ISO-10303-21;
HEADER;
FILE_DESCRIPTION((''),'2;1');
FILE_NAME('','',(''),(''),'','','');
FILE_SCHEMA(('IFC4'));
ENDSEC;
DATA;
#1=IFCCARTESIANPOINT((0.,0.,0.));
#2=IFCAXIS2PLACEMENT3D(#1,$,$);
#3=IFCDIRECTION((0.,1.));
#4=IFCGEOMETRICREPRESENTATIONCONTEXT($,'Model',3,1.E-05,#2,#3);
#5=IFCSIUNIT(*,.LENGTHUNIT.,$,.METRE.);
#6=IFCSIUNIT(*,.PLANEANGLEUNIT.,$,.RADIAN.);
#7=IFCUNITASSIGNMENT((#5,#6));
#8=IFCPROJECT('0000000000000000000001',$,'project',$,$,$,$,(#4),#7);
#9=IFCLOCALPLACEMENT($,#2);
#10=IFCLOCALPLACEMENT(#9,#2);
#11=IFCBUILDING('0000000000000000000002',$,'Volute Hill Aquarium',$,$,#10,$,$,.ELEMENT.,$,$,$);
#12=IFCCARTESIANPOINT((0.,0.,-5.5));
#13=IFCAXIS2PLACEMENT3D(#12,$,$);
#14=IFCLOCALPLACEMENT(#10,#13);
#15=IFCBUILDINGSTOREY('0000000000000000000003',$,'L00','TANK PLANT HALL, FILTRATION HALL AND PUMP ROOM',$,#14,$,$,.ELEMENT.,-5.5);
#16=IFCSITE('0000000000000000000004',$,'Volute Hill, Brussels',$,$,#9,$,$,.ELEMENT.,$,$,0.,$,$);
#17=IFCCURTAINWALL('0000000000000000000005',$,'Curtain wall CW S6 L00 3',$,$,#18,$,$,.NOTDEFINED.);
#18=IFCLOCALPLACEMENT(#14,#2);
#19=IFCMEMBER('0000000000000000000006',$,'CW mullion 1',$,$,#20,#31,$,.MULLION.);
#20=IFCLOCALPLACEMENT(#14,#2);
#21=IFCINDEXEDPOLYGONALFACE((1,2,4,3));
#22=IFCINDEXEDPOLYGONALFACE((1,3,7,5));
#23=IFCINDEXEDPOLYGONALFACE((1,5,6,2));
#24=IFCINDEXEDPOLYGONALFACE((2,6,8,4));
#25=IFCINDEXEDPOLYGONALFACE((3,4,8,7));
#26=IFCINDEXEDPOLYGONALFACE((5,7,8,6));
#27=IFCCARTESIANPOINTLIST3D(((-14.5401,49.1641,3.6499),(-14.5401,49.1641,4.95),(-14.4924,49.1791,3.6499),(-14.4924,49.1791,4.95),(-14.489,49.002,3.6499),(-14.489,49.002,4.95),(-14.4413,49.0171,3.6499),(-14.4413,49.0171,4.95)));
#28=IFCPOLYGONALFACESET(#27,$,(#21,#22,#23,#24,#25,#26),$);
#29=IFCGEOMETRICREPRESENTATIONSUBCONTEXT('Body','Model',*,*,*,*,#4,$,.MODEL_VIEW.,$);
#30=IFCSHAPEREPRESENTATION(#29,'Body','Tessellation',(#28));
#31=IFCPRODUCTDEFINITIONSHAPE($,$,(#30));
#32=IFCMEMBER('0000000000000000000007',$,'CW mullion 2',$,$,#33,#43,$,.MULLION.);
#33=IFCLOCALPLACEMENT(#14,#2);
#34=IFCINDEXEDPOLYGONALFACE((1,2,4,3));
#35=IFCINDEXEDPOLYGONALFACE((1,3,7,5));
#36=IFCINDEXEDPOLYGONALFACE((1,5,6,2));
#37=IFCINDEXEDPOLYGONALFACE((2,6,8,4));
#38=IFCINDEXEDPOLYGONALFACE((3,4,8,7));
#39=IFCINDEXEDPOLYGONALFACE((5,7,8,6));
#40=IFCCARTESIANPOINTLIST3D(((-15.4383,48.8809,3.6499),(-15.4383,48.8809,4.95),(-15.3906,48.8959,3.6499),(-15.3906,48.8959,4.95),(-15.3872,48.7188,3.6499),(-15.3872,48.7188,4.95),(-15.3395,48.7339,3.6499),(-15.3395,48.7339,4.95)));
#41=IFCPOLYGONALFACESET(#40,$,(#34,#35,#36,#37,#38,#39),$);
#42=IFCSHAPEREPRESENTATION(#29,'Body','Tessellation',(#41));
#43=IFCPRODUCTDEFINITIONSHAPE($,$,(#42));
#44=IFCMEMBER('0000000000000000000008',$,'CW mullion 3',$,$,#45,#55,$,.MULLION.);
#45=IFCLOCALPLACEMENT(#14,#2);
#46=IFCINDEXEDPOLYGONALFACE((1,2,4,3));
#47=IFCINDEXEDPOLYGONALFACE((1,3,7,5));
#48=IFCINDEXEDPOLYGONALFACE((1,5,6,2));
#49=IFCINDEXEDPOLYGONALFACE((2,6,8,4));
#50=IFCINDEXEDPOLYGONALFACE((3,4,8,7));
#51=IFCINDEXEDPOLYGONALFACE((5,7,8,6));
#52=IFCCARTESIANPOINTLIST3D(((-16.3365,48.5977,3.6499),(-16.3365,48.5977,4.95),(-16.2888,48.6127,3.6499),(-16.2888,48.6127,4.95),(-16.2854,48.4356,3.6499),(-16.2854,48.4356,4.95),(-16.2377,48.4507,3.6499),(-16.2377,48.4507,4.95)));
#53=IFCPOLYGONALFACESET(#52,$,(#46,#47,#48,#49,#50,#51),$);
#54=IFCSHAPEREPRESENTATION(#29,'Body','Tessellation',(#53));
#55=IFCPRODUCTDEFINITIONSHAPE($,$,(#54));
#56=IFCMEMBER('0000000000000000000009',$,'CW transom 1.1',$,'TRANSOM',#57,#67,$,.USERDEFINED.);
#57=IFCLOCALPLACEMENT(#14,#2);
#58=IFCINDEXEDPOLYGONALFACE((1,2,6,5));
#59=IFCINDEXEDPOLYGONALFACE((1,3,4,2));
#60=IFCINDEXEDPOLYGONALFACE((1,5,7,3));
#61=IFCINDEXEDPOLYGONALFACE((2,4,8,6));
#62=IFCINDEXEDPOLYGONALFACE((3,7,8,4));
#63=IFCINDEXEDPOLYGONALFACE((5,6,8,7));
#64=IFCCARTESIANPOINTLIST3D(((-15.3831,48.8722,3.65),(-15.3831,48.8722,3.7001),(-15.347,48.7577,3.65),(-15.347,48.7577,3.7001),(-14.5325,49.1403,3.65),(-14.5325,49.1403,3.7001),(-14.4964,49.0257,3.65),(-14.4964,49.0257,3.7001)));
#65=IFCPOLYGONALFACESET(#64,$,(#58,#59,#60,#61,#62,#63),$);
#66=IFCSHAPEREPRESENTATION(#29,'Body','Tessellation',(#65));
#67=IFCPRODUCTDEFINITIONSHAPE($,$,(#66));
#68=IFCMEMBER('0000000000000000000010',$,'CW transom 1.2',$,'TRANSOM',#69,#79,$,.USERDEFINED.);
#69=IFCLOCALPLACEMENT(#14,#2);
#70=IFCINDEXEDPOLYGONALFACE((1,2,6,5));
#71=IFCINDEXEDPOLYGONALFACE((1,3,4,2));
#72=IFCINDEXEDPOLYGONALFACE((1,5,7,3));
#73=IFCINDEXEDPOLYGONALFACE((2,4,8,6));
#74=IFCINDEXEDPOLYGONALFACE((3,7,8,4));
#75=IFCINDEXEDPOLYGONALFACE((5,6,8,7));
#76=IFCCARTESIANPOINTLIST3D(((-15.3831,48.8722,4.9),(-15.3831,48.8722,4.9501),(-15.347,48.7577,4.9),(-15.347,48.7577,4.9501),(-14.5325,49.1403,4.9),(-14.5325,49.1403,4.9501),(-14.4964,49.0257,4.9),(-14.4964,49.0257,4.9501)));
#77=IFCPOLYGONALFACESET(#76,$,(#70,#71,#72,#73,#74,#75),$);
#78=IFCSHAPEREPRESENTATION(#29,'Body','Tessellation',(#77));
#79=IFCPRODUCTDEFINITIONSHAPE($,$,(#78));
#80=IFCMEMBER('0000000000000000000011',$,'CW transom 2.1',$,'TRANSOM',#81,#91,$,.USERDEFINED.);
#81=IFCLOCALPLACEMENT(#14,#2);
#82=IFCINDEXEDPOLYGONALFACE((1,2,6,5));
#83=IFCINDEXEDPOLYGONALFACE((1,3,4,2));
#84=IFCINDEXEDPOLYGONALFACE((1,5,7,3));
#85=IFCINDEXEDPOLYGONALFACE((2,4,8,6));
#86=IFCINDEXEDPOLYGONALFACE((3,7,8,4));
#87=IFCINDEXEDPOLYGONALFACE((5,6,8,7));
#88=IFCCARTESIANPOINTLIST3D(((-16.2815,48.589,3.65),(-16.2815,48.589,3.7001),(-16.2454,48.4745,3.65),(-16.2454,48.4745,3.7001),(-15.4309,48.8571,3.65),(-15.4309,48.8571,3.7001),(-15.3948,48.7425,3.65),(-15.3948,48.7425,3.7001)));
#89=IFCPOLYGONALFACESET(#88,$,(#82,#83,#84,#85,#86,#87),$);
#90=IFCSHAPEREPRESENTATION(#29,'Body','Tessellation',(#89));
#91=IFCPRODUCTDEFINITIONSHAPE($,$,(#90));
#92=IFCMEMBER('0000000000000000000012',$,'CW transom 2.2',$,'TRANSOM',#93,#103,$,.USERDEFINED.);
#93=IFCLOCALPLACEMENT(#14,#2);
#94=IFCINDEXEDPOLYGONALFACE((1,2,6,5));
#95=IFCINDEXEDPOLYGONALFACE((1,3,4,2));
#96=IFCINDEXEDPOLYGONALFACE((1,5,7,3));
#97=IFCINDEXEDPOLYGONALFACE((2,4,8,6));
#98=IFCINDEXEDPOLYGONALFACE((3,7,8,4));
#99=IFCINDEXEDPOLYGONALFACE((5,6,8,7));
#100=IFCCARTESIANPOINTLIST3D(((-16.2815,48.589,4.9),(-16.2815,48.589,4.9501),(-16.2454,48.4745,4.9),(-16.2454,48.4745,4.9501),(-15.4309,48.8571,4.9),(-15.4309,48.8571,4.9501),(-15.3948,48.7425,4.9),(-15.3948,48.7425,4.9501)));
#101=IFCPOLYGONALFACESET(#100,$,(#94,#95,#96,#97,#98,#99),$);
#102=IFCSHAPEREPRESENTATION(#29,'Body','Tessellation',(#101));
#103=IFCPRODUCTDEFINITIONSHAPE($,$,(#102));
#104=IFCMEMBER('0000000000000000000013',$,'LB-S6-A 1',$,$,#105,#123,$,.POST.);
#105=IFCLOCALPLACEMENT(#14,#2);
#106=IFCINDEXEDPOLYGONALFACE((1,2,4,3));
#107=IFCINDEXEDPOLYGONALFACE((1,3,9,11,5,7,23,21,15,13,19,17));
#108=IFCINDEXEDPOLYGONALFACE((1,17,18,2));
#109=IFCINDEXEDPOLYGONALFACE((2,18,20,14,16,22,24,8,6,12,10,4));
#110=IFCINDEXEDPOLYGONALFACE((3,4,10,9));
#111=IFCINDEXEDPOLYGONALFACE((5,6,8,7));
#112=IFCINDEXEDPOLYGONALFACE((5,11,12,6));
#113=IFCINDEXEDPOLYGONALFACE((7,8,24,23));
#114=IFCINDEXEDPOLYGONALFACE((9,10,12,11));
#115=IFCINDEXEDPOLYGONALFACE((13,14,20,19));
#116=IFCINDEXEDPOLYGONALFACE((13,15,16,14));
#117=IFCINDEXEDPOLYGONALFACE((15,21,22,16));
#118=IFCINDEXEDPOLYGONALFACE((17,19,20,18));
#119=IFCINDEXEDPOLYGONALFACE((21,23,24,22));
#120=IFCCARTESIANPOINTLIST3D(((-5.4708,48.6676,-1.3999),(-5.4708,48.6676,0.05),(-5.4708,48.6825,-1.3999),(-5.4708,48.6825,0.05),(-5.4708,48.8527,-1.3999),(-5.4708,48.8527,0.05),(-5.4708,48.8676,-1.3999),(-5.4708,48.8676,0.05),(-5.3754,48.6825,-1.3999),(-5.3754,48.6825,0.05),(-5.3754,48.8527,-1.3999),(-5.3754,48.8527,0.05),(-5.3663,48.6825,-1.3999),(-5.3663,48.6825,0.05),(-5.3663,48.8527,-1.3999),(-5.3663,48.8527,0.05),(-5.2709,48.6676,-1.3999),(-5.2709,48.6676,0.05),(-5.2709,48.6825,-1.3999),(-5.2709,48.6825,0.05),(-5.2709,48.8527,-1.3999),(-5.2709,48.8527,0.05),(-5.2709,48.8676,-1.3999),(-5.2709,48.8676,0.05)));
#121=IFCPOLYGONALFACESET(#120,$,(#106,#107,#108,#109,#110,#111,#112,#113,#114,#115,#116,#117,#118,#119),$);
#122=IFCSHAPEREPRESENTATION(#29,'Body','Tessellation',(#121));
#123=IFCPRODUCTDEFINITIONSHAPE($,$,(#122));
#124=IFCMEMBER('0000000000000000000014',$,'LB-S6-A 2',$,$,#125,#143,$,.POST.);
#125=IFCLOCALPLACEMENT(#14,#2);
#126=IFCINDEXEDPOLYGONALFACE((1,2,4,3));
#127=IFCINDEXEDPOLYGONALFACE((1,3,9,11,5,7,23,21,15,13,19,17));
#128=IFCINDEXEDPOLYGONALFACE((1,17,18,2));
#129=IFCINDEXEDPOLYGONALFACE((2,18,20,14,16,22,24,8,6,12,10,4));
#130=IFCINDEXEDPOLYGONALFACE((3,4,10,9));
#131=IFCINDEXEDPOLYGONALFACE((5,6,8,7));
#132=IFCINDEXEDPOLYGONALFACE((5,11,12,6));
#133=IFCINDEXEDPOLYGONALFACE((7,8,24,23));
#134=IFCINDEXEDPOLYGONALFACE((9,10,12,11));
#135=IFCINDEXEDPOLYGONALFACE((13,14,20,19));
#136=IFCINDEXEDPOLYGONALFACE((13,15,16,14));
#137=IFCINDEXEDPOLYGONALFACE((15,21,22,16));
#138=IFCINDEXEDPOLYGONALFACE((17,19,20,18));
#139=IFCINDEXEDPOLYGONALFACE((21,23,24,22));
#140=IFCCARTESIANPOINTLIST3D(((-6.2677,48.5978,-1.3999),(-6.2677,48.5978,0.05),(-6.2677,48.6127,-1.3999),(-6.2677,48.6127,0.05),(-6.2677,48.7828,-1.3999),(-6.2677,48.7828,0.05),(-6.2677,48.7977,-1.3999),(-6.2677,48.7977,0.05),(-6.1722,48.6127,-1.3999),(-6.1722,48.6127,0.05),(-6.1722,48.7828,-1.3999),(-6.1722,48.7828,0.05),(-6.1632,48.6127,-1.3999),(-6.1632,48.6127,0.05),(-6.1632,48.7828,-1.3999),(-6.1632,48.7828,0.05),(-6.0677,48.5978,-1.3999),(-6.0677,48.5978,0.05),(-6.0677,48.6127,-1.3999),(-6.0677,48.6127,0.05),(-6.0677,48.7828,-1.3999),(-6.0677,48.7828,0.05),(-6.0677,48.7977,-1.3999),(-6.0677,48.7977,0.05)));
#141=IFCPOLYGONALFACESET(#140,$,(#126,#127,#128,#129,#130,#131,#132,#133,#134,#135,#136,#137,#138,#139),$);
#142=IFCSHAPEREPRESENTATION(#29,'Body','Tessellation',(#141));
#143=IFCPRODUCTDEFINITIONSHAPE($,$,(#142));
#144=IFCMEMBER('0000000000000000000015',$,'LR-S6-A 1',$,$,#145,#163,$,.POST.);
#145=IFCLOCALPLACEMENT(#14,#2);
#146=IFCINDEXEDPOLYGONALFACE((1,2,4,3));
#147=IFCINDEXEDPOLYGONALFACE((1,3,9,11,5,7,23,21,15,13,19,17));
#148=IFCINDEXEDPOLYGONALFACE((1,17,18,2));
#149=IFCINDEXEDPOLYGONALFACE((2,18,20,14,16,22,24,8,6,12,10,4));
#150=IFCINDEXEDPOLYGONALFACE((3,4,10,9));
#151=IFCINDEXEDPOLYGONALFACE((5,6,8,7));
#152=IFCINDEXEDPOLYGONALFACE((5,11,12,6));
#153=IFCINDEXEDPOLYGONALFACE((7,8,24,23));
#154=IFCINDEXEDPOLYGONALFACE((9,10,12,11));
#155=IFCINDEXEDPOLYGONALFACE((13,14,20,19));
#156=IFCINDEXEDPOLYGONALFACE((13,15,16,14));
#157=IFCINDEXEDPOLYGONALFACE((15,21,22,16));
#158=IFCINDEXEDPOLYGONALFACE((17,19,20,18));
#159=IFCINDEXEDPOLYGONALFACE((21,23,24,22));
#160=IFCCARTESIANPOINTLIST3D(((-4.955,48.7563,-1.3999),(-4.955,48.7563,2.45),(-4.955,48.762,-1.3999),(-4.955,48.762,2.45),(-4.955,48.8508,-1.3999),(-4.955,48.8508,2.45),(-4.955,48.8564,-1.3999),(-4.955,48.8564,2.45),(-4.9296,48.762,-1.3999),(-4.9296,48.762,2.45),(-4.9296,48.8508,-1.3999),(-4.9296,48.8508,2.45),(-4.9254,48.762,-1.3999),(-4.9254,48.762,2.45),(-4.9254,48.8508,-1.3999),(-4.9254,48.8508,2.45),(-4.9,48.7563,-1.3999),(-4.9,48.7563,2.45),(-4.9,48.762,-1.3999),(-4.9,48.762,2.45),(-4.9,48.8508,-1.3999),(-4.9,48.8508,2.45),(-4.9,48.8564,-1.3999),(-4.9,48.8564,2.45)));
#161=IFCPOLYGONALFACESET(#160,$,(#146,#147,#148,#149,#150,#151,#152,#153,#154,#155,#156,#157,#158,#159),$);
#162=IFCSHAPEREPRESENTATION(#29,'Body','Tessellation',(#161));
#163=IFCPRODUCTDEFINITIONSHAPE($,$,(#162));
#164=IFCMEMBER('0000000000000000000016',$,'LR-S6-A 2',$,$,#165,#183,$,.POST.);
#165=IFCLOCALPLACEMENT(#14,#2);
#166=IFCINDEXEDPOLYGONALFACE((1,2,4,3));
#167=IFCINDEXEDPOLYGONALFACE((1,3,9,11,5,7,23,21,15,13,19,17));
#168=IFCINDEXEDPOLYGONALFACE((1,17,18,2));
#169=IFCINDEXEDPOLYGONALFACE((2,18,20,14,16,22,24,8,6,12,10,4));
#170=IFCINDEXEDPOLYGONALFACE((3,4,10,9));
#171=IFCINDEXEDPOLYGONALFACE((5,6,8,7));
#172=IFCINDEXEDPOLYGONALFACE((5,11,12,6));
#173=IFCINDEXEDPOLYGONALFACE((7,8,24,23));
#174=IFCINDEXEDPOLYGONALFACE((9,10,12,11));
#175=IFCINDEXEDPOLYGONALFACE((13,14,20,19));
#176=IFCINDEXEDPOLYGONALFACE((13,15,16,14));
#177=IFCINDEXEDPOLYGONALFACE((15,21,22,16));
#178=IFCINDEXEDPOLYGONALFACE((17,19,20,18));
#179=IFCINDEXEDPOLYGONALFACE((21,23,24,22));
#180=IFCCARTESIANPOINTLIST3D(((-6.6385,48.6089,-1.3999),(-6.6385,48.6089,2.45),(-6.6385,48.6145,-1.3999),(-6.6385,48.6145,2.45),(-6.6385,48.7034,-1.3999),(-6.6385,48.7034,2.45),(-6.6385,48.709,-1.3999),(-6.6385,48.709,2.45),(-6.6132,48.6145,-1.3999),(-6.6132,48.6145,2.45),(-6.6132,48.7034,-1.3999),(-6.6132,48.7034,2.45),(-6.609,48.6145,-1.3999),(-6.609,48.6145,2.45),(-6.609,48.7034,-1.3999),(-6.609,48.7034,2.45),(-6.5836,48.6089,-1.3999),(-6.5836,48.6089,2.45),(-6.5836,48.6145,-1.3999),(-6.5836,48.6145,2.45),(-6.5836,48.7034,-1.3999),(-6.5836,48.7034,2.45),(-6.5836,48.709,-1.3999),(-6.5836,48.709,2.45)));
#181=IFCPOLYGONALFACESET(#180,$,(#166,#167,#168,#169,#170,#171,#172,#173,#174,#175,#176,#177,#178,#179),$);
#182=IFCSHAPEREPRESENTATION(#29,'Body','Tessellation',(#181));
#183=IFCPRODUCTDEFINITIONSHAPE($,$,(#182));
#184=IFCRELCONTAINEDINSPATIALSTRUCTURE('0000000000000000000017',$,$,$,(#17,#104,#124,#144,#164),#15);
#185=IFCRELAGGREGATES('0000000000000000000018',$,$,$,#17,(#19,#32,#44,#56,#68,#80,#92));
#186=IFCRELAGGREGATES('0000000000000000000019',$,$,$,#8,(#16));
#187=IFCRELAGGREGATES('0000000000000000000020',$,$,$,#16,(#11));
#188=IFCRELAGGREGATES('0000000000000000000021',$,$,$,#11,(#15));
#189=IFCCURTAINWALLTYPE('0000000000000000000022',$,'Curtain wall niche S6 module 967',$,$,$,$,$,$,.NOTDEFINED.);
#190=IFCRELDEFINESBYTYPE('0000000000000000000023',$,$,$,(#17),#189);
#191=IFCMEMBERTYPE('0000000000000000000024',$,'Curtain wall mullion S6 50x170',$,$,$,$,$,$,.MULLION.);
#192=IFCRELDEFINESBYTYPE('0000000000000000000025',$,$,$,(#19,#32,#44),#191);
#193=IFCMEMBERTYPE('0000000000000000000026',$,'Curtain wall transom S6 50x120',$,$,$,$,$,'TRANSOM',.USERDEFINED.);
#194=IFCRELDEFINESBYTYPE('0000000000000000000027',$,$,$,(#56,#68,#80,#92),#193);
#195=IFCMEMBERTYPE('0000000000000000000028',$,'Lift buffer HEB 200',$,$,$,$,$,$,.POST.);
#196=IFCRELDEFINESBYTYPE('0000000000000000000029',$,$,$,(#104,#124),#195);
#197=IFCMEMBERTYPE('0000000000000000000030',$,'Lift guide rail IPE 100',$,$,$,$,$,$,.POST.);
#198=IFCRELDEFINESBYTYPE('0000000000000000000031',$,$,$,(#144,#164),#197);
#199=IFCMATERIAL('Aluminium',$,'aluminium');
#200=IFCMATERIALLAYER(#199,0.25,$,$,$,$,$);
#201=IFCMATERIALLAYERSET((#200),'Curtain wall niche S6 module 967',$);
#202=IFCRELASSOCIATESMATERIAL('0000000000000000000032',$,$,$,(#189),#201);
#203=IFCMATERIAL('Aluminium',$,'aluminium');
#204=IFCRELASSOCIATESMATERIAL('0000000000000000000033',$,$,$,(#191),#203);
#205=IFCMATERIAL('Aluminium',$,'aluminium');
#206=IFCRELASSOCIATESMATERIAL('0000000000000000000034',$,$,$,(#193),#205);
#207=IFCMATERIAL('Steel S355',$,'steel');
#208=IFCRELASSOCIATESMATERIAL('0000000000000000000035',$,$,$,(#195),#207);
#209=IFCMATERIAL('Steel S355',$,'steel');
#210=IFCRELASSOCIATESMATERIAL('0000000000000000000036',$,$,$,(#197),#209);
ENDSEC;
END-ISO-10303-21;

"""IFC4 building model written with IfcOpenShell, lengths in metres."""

from ifc_helpers import new_model, si_unit, direction, frame, origin, origin_2d, place, context, subcontext, project, spatial, rectangle, i_section, extrude, material, layer, layer_set, material_profile, profile_set, type_object, element, aggregate, save


model = new_model("IFC4")

# Units and contexts
model_context = context("Model", 3, precision=1e-05, world=origin(), true_north=direction((0.0, 1.0)))
body_context = subcontext(model_context, "Body", "Model", "MODEL_VIEW")
ifc_project = project(units=[si_unit("LENGTHUNIT", "METRE"), si_unit("PLANEANGLEUNIT", "RADIAN")], contexts=[model_context])

# Site, building, storey
site_placement = place(None, origin())
site = spatial("IfcSite", under=ifc_project, at=site_placement, Name="Volute Hill, Brussels", CompositionType="ELEMENT", RefElevation=0.0)
building_placement = place(site_placement, origin())
building = spatial("IfcBuilding", under=site, at=building_placement, Name="Volute Hill Aquarium", CompositionType="ELEMENT")
storey_placement = place(building_placement, frame((0.0, 0.0, -5.5)))
storey = spatial("IfcBuildingStorey", under=building, at=storey_placement, Name="L00", Description="TANK PLANT HALL, FILTRATION HALL AND PUMP ROOM", CompositionType="ELEMENT", Elevation=-5.5)

# Curtain wall, members
ifc_material_1 = material(Name="Aluminium", Category="aluminium")
ifc_layer_1 = layer(ifc_material_1, 0.25)
ifc_layer_set_1 = layer_set([ifc_layer_1], Name="Curtain wall niche S6 module 967")
curtain_wall_type = type_object("IfcCurtainWallType", Name="Curtain wall niche S6 module 967", PredefinedType="NOTDEFINED", material=ifc_layer_set_1)
curtain_wall_placement = place(storey_placement, origin())
curtain_wall = element("IfcCurtainWall", 1, at=curtain_wall_placement, inside=storey, type_object=curtain_wall_type, Name="Curtain wall CW S6 L00 3", PredefinedType="NOTDEFINED")
ifc_material_2 = material(Name="Aluminium", Category="aluminium")
ifc_material_profile_1 = material_profile(ifc_material_2, rectangle(XDim=0.1699, YDim=0.05, at=origin_2d()), Name="Curtain wall mullion S6 50x170")
ifc_profile_set_1 = profile_set([ifc_material_profile_1], Name="Aluminium")
member_type_1 = type_object("IfcMemberType", Name="Curtain wall mullion S6 50x170", PredefinedType="MULLION", material=ifc_profile_set_1)
member_1_placement = place(storey_placement, frame((-14.4907, 49.0906, 3.6499), z_axis=(0.0, 0.0, 1.0), x_axis=(0.300706, -0.953717, 0.0)))
member_1 = element("IfcMember", 2, at=member_1_placement, type_object=member_type_1, Name="CW mullion 1", PredefinedType="MULLION", context=body_context, shape_type="SweptSolid", body=[
    extrude(rectangle(XDim=0.1699, YDim=0.05, at=origin_2d()), origin(), (0.0, 0.0, 1.0), 1.3),
])
member_2_placement = place(storey_placement, frame((-15.3889, 48.8074, 3.6499), z_axis=(0.0, 0.0, 1.0), x_axis=(0.300706, -0.953717, 0.0)))
member_2 = element("IfcMember", 3, at=member_2_placement, type_object=member_type_1, Name="CW mullion 2", PredefinedType="MULLION", context=body_context, shape_type="SweptSolid", body=[
    extrude(rectangle(XDim=0.1699, YDim=0.05, at=origin_2d()), origin(), (0.0, 0.0, 1.0), 1.3),
])
member_3_placement = place(storey_placement, frame((-16.2871, 48.5242, 3.6499), z_axis=(0.0, 0.0, 1.0), x_axis=(0.300706, -0.953717, 0.0)))
member_3 = element("IfcMember", 4, at=member_3_placement, type_object=member_type_1, Name="CW mullion 3", PredefinedType="MULLION", context=body_context, shape_type="SweptSolid", body=[
    extrude(rectangle(XDim=0.1699, YDim=0.05, at=origin_2d()), origin(), (0.0, 0.0, 1.0), 1.3),
])
ifc_material_3 = material(Name="Aluminium", Category="aluminium")
ifc_material_profile_2 = material_profile(ifc_material_3, rectangle(XDim=0.1201, YDim=0.05, at=origin_2d()), Name="Curtain wall transom S6 50x120")
ifc_profile_set_2 = profile_set([ifc_material_profile_2], Name="Aluminium")
member_type_2 = type_object("IfcMemberType", Name="Curtain wall transom S6 50x120", ElementType="TRANSOM", PredefinedType="USERDEFINED", material=ifc_profile_set_2)
member_4_placement = place(storey_placement, frame((-14.5144, 49.083, 3.675), z_axis=(-0.953756, -0.300581, 0.0), x_axis=(0.300581, -0.953756, 0.0)))
member_4 = element("IfcMember", 5, at=member_4_placement, type_object=member_type_2, Name="CW transom 1.1", ObjectType="TRANSOM", PredefinedType="USERDEFINED", context=body_context, shape_type="SweptSolid", body=[
    extrude(rectangle(XDim=0.1201, YDim=0.05, at=origin_2d()), origin(), (0.0, 0.0, 1.0), 0.8918),
])
member_5_placement = place(storey_placement, frame((-14.5144, 49.083, 4.925), z_axis=(-0.953756, -0.300581, 0.0), x_axis=(0.300581, -0.953756, 0.0)))
member_5 = element("IfcMember", 6, at=member_5_placement, type_object=member_type_2, Name="CW transom 1.2", ObjectType="TRANSOM", PredefinedType="USERDEFINED", context=body_context, shape_type="SweptSolid", body=[
    extrude(rectangle(XDim=0.1201, YDim=0.05, at=origin_2d()), origin(), (0.0, 0.0, 1.0), 0.8918),
])
member_6_placement = place(storey_placement, frame((-15.4128, 48.7998, 3.675), z_axis=(-0.953756, -0.300581, 0.0), x_axis=(0.300581, -0.953756, 0.0)))
member_6 = element("IfcMember", 7, at=member_6_placement, type_object=member_type_2, Name="CW transom 2.1", ObjectType="TRANSOM", PredefinedType="USERDEFINED", context=body_context, shape_type="SweptSolid", body=[
    extrude(rectangle(XDim=0.1201, YDim=0.05, at=origin_2d()), origin(), (0.0, 0.0, 1.0), 0.8918),
])
member_7_placement = place(storey_placement, frame((-15.4128, 48.7998, 4.925), z_axis=(-0.953756, -0.300581, 0.0), x_axis=(0.300581, -0.953756, 0.0)))
member_7 = element("IfcMember", 8, at=member_7_placement, type_object=member_type_2, Name="CW transom 2.2", ObjectType="TRANSOM", PredefinedType="USERDEFINED", context=body_context, shape_type="SweptSolid", body=[
    extrude(rectangle(XDim=0.1201, YDim=0.05, at=origin_2d()), origin(), (0.0, 0.0, 1.0), 0.8918),
])

# Members
ifc_material_4 = material(Name="Steel S355", Category="steel")
ifc_material_profile_3 = material_profile(ifc_material_4, i_section(OverallWidth=0.2, OverallDepth=0.2, WebThickness=0.009, FlangeThickness=0.0149, at=origin_2d()), Name="HEB 200")
ifc_profile_set_3 = profile_set([ifc_material_profile_3], Name="Steel S355")
member_type_3 = type_object("IfcMemberType", Name="Lift buffer HEB 200", PredefinedType="POST", material=ifc_profile_set_3)
for number, where, z_axis, x_axis, name in (
    (9, (-5.3708, 48.7676, -1.3999), (0.0, 0.0, 1.0), (1.0, 0.0, 0.0), "LB-S6-A 1"),
    (10, (-6.1677, 48.6978, -1.3999), (0.0, 0.0, 1.0), (1.0, 0.0, 0.0), "LB-S6-A 2"),
):
    element("IfcMember", number, at=place(storey_placement, frame(where, z_axis=z_axis, x_axis=x_axis)), inside=storey, type_object=member_type_3, Name=name, PredefinedType="POST", context=body_context, shape_type="SweptSolid", body=[
        extrude(i_section(OverallWidth=0.2, OverallDepth=0.2, WebThickness=0.009, FlangeThickness=0.0149, at=origin_2d()), origin(), (0.0, 0.0, 1.0), 1.45),
    ])
ifc_material_5 = material(Name="Steel S355", Category="steel")
ifc_material_profile_4 = material_profile(ifc_material_5, i_section(OverallWidth=0.0549, OverallDepth=0.1001, WebThickness=0.0042, FlangeThickness=0.0056, at=origin_2d()), Name="IPE 100")
ifc_profile_set_4 = profile_set([ifc_material_profile_4], Name="Steel S355")
member_type_4 = type_object("IfcMemberType", Name="Lift guide rail IPE 100", PredefinedType="POST", material=ifc_profile_set_4)
for number, where, z_axis, x_axis, name in (
    (11, (-4.9275, 48.8064, -1.3999), (0.0, 0.0, 1.0), (1.0, 0.0, 0.0), "LR-S6-A 1"),
    (12, (-6.6111, 48.6589, -1.3999), (0.0, 0.0, 1.0), (1.0, 0.0, 0.0), "LR-S6-A 2"),
):
    element("IfcMember", number, at=place(storey_placement, frame(where, z_axis=z_axis, x_axis=x_axis)), inside=storey, type_object=member_type_4, Name=name, PredefinedType="POST", context=body_context, shape_type="SweptSolid", body=[
        extrude(i_section(OverallWidth=0.0549, OverallDepth=0.1001, WebThickness=0.0042, FlangeThickness=0.0056, at=origin_2d()), origin(), (0.0, 0.0, 1.0), 3.8499),
    ])

aggregate(curtain_wall, [member_1, member_2, member_3, member_4, member_5, member_6, member_7])

save(model, "model.ifc")
